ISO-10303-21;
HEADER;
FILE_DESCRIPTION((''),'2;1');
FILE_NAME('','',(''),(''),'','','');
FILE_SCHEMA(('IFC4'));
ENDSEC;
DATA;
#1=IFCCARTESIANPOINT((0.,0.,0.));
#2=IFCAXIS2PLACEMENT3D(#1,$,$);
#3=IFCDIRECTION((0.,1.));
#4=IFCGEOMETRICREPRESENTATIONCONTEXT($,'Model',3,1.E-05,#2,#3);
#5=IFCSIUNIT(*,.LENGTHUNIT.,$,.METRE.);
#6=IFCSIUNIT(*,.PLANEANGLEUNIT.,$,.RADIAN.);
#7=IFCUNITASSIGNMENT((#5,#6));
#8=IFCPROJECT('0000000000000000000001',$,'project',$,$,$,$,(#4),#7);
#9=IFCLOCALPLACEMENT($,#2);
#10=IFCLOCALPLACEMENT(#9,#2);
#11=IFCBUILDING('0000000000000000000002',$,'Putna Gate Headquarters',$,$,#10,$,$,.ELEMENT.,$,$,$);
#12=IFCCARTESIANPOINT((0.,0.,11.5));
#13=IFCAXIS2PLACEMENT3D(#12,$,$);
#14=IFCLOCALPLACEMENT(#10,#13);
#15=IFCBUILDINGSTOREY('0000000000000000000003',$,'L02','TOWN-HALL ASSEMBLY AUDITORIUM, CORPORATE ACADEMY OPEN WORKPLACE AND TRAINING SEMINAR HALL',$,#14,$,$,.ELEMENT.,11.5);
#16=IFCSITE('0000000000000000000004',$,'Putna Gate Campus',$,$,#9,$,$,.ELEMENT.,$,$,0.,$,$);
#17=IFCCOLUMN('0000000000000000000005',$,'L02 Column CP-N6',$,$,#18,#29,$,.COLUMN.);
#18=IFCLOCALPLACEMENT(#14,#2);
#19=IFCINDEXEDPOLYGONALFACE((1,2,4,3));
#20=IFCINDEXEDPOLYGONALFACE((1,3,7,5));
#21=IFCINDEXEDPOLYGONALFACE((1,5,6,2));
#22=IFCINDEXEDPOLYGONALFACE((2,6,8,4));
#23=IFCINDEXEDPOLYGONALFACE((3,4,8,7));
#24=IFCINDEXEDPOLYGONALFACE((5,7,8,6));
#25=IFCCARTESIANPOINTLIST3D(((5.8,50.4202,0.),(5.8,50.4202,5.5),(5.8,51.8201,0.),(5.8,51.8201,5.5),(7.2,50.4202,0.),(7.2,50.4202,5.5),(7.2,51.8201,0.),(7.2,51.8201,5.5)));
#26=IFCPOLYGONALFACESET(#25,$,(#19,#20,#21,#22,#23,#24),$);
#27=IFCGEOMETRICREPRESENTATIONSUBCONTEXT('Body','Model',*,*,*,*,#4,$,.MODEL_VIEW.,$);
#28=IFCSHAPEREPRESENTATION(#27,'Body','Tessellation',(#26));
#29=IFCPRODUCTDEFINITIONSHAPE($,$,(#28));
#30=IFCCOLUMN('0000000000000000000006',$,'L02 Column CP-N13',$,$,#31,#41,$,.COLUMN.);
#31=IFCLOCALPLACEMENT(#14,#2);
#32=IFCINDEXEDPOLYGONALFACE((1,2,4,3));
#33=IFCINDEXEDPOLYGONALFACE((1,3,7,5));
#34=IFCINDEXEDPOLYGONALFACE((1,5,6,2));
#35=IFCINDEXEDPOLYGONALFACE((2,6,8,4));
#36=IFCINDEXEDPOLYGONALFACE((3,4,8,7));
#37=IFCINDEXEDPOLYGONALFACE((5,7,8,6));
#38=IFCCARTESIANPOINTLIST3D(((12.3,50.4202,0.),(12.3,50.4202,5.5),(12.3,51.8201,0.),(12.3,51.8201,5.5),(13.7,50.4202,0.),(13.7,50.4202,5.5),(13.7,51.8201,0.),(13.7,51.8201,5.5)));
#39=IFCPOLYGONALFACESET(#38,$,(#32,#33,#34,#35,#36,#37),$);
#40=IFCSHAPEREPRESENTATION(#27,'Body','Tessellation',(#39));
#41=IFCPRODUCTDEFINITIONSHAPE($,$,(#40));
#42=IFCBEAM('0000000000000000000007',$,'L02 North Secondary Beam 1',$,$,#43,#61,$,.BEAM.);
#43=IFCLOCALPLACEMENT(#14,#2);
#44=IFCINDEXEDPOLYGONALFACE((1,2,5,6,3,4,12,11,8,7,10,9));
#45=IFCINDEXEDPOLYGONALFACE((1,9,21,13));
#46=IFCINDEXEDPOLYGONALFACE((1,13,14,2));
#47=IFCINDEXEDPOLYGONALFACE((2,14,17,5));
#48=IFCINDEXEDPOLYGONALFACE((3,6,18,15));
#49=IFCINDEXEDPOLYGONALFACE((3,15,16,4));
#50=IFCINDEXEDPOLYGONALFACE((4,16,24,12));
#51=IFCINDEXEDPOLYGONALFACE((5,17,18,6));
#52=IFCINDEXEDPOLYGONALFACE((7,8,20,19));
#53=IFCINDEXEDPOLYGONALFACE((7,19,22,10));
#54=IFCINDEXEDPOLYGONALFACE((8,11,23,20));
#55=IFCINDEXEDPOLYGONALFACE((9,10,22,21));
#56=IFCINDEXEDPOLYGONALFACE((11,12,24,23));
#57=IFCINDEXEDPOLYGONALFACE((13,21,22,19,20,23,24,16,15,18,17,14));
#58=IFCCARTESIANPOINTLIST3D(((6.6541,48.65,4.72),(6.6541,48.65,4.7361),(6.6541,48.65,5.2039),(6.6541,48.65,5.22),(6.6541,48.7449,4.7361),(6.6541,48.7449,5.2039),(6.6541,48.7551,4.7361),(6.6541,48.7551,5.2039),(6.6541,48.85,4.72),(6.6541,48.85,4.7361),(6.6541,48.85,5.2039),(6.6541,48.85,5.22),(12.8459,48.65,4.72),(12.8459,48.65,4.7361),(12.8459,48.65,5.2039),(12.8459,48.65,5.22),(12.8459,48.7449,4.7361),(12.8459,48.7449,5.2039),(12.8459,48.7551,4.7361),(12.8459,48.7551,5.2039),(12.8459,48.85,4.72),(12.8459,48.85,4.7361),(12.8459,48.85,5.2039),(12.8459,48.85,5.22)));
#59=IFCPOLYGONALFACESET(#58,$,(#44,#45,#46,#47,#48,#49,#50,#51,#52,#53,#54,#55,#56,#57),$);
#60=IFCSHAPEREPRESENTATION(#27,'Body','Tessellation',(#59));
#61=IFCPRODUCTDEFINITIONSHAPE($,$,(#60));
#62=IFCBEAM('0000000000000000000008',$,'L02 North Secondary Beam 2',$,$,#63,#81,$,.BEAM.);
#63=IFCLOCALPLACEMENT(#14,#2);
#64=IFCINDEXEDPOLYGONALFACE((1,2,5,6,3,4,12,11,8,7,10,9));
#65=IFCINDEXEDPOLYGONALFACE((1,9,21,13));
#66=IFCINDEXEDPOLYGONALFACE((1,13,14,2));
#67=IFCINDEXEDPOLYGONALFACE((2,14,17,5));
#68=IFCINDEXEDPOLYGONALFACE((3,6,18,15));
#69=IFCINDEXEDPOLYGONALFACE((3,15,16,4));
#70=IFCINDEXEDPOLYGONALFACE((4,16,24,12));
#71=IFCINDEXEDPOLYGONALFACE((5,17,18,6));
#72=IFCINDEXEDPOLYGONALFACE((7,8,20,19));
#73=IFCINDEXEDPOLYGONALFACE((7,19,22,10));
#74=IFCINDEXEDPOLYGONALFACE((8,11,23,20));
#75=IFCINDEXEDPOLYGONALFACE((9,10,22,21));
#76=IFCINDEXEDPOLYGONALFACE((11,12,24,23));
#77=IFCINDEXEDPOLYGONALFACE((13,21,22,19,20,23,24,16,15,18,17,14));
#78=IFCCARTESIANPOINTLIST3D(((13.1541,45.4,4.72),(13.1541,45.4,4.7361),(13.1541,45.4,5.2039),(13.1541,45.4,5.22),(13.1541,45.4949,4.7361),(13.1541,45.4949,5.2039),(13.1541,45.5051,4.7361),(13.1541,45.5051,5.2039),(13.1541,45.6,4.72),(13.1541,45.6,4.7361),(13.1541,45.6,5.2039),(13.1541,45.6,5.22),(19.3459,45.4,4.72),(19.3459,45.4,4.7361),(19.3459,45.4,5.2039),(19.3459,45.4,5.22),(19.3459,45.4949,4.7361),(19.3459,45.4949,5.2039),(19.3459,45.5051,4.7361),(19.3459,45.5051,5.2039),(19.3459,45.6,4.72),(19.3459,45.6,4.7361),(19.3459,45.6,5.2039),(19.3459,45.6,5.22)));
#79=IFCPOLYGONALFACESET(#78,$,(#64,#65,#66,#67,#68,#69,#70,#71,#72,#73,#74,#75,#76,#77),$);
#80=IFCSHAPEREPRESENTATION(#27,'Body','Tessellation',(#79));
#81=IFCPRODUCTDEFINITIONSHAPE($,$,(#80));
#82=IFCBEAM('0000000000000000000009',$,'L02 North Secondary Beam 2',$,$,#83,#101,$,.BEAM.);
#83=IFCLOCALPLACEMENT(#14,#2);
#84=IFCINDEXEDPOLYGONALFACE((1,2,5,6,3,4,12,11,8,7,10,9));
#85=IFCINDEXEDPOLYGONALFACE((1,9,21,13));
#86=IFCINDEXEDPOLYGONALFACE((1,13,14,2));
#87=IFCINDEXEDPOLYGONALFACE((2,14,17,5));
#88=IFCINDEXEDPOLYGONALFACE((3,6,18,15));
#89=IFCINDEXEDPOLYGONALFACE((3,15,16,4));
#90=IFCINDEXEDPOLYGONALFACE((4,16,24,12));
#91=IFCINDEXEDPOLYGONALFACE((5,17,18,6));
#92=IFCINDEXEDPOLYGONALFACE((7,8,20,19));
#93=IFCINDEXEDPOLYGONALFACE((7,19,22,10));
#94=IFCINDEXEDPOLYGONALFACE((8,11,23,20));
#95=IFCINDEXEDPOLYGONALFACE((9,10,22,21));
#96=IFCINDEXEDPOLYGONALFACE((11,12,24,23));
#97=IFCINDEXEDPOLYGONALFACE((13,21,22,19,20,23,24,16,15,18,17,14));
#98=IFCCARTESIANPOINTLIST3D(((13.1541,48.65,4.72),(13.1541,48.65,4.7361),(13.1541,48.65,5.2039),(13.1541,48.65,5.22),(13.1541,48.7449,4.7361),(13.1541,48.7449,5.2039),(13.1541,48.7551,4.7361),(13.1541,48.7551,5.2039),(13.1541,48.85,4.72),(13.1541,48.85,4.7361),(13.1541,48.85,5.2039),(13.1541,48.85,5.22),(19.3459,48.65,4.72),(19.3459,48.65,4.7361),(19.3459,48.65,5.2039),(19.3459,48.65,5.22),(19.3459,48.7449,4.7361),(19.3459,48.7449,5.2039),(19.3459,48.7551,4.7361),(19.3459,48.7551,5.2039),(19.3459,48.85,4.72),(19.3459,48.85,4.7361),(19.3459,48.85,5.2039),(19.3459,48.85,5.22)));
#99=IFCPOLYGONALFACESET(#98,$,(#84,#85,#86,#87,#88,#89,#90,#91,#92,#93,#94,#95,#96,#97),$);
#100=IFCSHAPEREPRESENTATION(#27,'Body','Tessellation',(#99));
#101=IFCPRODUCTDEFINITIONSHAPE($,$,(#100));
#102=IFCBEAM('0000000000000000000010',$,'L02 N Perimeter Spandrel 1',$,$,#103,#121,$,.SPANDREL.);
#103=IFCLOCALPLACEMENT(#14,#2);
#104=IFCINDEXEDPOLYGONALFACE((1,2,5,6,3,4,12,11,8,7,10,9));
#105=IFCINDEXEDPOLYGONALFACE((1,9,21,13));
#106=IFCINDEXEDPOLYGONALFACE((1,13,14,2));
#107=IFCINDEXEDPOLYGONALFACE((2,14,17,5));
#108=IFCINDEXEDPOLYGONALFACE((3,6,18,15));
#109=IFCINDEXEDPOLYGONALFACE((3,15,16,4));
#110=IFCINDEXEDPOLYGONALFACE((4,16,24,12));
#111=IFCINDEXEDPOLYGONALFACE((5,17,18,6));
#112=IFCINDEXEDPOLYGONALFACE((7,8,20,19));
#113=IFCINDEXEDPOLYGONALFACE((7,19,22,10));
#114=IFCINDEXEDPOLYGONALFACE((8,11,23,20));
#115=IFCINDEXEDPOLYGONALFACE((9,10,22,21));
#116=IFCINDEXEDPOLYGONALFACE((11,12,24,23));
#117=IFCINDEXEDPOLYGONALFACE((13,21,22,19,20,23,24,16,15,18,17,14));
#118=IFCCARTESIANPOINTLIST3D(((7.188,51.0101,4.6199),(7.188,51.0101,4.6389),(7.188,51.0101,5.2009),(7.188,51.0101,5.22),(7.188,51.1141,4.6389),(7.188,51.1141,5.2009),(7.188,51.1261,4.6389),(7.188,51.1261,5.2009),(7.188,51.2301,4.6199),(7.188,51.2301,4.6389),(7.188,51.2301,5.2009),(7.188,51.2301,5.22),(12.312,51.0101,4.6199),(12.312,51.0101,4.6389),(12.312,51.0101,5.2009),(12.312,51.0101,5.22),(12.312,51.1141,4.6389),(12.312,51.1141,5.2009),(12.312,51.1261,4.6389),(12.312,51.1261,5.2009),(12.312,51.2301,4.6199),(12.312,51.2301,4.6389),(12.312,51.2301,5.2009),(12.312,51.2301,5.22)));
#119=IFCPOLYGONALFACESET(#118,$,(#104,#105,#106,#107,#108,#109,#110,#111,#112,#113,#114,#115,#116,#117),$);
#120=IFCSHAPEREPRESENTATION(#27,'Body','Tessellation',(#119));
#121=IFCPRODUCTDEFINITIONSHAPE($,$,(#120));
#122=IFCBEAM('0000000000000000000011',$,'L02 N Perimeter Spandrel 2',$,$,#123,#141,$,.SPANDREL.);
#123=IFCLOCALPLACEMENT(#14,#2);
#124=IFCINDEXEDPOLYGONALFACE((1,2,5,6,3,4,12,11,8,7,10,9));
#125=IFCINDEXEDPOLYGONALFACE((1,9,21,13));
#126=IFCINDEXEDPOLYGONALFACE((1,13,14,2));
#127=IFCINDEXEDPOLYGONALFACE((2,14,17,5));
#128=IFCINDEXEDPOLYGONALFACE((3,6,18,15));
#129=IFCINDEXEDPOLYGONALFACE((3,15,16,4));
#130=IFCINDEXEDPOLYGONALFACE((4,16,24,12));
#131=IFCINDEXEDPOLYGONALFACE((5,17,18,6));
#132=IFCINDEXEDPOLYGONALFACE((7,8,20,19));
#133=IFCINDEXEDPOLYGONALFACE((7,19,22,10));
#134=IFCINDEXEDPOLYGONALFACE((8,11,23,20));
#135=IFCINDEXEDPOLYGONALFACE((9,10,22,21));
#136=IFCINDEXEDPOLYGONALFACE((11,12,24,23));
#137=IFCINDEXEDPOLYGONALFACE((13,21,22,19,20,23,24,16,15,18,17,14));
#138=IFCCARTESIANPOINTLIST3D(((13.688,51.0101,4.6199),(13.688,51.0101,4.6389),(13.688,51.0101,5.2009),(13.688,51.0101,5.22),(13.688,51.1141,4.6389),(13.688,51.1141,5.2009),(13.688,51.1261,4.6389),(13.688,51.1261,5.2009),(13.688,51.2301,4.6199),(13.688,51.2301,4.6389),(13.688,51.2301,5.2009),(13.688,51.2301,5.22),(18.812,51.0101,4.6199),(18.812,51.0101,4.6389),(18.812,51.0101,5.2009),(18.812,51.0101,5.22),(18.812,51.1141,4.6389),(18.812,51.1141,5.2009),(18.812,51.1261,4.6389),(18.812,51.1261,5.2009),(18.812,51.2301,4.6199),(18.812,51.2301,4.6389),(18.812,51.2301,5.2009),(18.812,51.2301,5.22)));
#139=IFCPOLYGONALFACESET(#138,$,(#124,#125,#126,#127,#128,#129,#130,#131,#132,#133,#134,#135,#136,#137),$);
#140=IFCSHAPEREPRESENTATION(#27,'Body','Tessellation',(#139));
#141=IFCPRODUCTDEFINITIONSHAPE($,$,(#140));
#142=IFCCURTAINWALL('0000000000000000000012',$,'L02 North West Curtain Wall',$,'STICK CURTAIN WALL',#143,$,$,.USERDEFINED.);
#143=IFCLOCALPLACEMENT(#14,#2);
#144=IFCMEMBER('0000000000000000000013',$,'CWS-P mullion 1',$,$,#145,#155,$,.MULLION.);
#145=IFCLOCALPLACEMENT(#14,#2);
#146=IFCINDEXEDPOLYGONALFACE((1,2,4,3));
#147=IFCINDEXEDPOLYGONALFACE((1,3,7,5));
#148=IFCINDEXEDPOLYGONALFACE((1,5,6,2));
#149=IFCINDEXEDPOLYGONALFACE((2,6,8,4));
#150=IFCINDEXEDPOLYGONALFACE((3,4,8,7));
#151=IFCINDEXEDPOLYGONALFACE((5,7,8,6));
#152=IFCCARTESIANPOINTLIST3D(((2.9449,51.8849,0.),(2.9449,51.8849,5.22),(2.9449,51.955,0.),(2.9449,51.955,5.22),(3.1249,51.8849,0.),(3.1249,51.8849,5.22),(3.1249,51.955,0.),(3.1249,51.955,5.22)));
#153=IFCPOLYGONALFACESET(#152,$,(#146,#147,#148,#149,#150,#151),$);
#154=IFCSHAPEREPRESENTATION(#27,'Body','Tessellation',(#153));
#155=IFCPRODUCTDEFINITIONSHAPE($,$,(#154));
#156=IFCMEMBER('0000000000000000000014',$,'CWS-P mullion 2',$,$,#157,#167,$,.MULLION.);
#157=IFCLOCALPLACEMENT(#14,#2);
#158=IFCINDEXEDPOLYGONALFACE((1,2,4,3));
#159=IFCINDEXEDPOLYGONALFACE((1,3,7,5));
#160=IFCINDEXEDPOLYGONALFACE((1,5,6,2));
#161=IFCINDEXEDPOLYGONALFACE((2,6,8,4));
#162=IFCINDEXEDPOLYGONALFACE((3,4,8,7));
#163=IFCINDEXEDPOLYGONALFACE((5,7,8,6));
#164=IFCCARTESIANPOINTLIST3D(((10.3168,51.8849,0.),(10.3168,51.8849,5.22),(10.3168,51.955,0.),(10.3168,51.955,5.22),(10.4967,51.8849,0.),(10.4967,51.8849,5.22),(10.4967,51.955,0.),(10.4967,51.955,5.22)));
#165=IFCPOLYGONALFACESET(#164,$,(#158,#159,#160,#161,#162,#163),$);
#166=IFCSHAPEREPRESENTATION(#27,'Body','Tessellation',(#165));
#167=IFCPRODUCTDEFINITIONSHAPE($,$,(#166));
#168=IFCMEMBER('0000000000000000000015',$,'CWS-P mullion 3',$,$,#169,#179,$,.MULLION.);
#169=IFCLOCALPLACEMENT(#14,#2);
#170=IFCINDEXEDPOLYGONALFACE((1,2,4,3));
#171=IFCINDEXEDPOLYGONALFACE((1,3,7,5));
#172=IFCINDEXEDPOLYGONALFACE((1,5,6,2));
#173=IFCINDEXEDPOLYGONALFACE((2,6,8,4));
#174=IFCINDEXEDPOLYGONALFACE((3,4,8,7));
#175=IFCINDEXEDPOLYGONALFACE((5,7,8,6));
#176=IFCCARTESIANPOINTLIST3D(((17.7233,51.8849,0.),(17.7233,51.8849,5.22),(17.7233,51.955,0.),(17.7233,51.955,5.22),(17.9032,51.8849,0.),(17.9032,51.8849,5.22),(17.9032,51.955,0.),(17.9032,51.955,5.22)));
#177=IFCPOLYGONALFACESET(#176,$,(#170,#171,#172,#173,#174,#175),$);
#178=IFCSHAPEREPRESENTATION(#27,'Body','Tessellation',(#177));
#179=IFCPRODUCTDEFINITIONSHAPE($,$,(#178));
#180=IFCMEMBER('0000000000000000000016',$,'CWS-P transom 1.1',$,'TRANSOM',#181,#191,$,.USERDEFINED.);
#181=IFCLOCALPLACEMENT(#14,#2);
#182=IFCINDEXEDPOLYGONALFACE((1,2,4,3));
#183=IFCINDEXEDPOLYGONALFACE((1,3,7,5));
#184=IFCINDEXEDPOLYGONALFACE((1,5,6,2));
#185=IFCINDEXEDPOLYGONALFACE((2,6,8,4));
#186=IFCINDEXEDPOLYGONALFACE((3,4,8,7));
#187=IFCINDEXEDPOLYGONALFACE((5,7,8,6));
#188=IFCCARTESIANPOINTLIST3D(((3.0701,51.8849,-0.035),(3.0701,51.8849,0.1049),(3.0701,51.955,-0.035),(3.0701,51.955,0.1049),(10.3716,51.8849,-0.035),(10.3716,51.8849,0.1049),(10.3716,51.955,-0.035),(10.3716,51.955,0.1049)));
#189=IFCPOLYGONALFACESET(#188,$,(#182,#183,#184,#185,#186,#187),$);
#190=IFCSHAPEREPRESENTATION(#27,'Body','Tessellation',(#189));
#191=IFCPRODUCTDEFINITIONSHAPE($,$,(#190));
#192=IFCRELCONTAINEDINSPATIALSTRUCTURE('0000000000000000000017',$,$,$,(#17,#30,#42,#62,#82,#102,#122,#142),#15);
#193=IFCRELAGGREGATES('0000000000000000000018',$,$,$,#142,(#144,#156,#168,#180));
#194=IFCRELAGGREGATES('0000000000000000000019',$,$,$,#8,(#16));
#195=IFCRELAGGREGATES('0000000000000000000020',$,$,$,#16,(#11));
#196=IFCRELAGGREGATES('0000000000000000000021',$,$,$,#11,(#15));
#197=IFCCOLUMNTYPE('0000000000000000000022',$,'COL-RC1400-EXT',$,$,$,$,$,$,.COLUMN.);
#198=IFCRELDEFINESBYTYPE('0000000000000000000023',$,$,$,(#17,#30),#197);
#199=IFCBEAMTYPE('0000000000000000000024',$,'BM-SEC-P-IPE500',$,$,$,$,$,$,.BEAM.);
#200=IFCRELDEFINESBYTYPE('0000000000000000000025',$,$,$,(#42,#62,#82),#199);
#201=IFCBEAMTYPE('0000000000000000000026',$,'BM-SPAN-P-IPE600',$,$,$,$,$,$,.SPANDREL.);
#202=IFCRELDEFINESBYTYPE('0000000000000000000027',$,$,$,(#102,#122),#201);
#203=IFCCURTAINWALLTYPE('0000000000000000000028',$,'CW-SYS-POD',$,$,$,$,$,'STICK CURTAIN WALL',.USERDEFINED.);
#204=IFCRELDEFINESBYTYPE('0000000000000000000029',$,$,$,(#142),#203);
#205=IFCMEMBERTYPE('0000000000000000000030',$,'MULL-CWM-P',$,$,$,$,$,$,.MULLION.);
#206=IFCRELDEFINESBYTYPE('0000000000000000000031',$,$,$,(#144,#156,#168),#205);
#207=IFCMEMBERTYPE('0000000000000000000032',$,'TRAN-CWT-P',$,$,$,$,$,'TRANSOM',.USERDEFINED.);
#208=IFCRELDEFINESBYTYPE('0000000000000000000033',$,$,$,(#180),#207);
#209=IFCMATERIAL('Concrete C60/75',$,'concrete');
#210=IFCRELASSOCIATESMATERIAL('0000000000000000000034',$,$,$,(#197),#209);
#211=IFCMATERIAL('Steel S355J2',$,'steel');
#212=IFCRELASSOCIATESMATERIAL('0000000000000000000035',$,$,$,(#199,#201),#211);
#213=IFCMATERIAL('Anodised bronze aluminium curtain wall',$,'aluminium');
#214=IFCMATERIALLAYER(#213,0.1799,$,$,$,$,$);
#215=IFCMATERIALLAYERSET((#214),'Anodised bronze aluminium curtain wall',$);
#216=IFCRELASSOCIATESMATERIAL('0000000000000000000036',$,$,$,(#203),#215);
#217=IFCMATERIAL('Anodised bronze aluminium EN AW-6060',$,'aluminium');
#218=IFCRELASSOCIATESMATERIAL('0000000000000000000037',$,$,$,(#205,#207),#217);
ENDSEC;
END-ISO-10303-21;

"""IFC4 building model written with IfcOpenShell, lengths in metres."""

from ifc_helpers import new_model, si_unit, direction, frame, origin, origin_2d, place, context, subcontext, project, spatial, rectangle, i_section, extrude, material, layer, layer_set, material_profile, profile_set, type_object, element, aggregate, save


model = new_model("IFC4")

# Units and contexts
model_context = context("Model", 3, precision=1e-05, world=origin(), true_north=direction((0.0, 1.0)))
body_context = subcontext(model_context, "Body", "Model", "MODEL_VIEW")
ifc_project = project(units=[si_unit("LENGTHUNIT", "METRE"), si_unit("PLANEANGLEUNIT", "RADIAN")], contexts=[model_context])

# Site, building, storey
site_placement = place(None, origin())
site = spatial("IfcSite", under=ifc_project, at=site_placement, Name="Putna Gate Campus", CompositionType="ELEMENT", RefElevation=0.0)
building_placement = place(site_placement, origin())
building = spatial("IfcBuilding", under=site, at=building_placement, Name="Putna Gate Headquarters", CompositionType="ELEMENT")
storey_placement = place(building_placement, frame((0.0, 0.0, 11.5)))
storey = spatial("IfcBuildingStorey", under=building, at=storey_placement, Name="L02", Description="TOWN-HALL ASSEMBLY AUDITORIUM, CORPORATE ACADEMY OPEN WORKPLACE AND TRAINING SEMINAR HALL", CompositionType="ELEMENT", Elevation=11.5)

# Columns
ifc_material_1 = material(Name="Concrete C60/75", Category="concrete")
ifc_material_profile_1 = material_profile(ifc_material_1, rectangle(XDim=1.3999, YDim=1.3999, at=origin_2d()), Name="Concrete C60/75")
ifc_profile_set_1 = profile_set([ifc_material_profile_1], Name="Concrete C60/75")
column_type = type_object("IfcColumnType", Name="COL-RC1400-EXT", PredefinedType="COLUMN", material=ifc_profile_set_1)
for number, where, z_axis, x_axis, name in (
    (1, (6.5, 51.1201, 0.0), (0.0, 0.0, 1.0), (1.0, 0.0, 0.0), "L02 Column CP-N6"),
    (2, (13.0, 51.1201, 0.0), (0.0, 0.0, 1.0), (1.0, 0.0, 0.0), "L02 Column CP-N13"),
):
    element("IfcColumn", number, at=place(storey_placement, frame(where, z_axis=z_axis, x_axis=x_axis)), inside=storey, type_object=column_type, Name=name, PredefinedType="COLUMN", context=body_context, shape_type="SweptSolid", body=[
        extrude(rectangle(XDim=1.3999, YDim=1.3999, at=origin_2d()), origin(), (0.0, 0.0, 1.0), 5.5),
    ])

# Beams
ifc_material_2 = material(Name="Steel S355J2", Category="steel")
ifc_material_profile_2 = material_profile(ifc_material_2, i_section(OverallWidth=0.2, OverallDepth=0.5, WebThickness=0.0103, FlangeThickness=0.0161, at=origin_2d()), Name="Steel S355J2")
ifc_profile_set_2 = profile_set([ifc_material_profile_2], Name="Steel S355J2")
beam_type_1 = type_object("IfcBeamType", Name="BM-SEC-P-IPE500", PredefinedType="BEAM", material=ifc_profile_set_2)
for number, where, z_axis, x_axis, name in (
    (3, (6.6541, 48.75, 4.97), (1.0, 0.0, 0.0), (0.0, 1.0, 0.0), "L02 North Secondary Beam 1"),
    (4, (13.1541, 45.5, 4.97), (1.0, 0.0, 0.0), (0.0, 1.0, 0.0), "L02 North Secondary Beam 2"),
    (5, (13.1541, 48.75, 4.97), (1.0, 0.0, 0.0), (0.0, 1.0, 0.0), "L02 North Secondary Beam 2"),
):
    element("IfcBeam", number, at=place(storey_placement, frame(where, z_axis=z_axis, x_axis=x_axis)), inside=storey, type_object=beam_type_1, Name=name, PredefinedType="BEAM", context=body_context, shape_type="SweptSolid", body=[
        extrude(i_section(OverallWidth=0.2, OverallDepth=0.5, WebThickness=0.0103, FlangeThickness=0.0161, at=origin_2d()), origin(), (0.0, 0.0, 1.0), 6.1919),
    ])
ifc_material_profile_3 = material_profile(ifc_material_2, i_section(OverallWidth=0.22, OverallDepth=0.6001, WebThickness=0.012, FlangeThickness=0.019, at=origin_2d()), Name="Steel S355J2")
ifc_profile_set_3 = profile_set([ifc_material_profile_3], Name="Steel S355J2")
beam_type_2 = type_object("IfcBeamType", Name="BM-SPAN-P-IPE600", PredefinedType="SPANDREL", material=ifc_profile_set_3)
for number, where, z_axis, x_axis, name in (
    (6, (7.188, 51.1201, 4.9199), (1.0, 0.0, 0.0), (0.0, 1.0, 0.0), "L02 N Perimeter Spandrel 1"),
    (7, (13.688, 51.1201, 4.9199), (1.0, 0.0, 0.0), (0.0, 1.0, 0.0), "L02 N Perimeter Spandrel 2"),
):
    element("IfcBeam", number, at=place(storey_placement, frame(where, z_axis=z_axis, x_axis=x_axis)), inside=storey, type_object=beam_type_2, Name=name, PredefinedType="SPANDREL", context=body_context, shape_type="SweptSolid", body=[
        extrude(i_section(OverallWidth=0.22, OverallDepth=0.6001, WebThickness=0.012, FlangeThickness=0.019, at=origin_2d()), origin(), (0.0, 0.0, 1.0), 5.124),
    ])

# Curtain wall, members
ifc_material_3 = material(Name="Anodised bronze aluminium curtain wall", Category="aluminium")
ifc_layer_1 = layer(ifc_material_3, 0.1799)
ifc_layer_set_1 = layer_set([ifc_layer_1], Name="Anodised bronze aluminium curtain wall")
curtain_wall_type = type_object("IfcCurtainWallType", Name="CW-SYS-POD", ElementType="STICK CURTAIN WALL", PredefinedType="USERDEFINED", material=ifc_layer_set_1)
curtain_wall_placement = place(storey_placement, origin())
curtain_wall = element("IfcCurtainWall", 8, at=curtain_wall_placement, inside=storey, type_object=curtain_wall_type, Name="L02 North West Curtain Wall", ObjectType="STICK CURTAIN WALL", PredefinedType="USERDEFINED")
ifc_material_4 = material(Name="Anodised bronze aluminium EN AW-6060", Category="aluminium")
ifc_material_profile_4 = material_profile(ifc_material_4, rectangle(XDim=0.0701, YDim=0.1799, at=origin_2d()), Name="Anodised bronze aluminium EN AW-6060")
ifc_profile_set_4 = profile_set([ifc_material_profile_4], Name="Anodised bronze aluminium EN AW-6060")
member_type_1 = type_object("IfcMemberType", Name="MULL-CWM-P", PredefinedType="MULLION", material=ifc_profile_set_4)
member_1_placement = place(storey_placement, frame((3.0349, 51.9199, 0.0), z_axis=(0.0, 0.0, 1.0), x_axis=(0.0, 1.0, 0.0)))
member_1 = element("IfcMember", 9, at=member_1_placement, type_object=member_type_1, Name="CWS-P mullion 1", PredefinedType="MULLION", context=body_context, shape_type="SweptSolid", body=[
    extrude(rectangle(XDim=0.0701, YDim=0.1799, at=origin_2d()), origin(), (0.0, 0.0, 1.0), 5.22),
])
member_2_placement = place(storey_placement, frame((10.4067, 51.9199, 0.0), z_axis=(0.0, 0.0, 1.0), x_axis=(0.0, 1.0, 0.0)))
member_2 = element("IfcMember", 10, at=member_2_placement, type_object=member_type_1, Name="CWS-P mullion 2", PredefinedType="MULLION", context=body_context, shape_type="SweptSolid", body=[
    extrude(rectangle(XDim=0.0701, YDim=0.1799, at=origin_2d()), origin(), (0.0, 0.0, 1.0), 5.22),
])
member_3_placement = place(storey_placement, frame((17.8132, 51.9199, 0.0), z_axis=(0.0, 0.0, 1.0), x_axis=(0.0, 1.0, 0.0)))
member_3 = element("IfcMember", 11, at=member_3_placement, type_object=member_type_1, Name="CWS-P mullion 3", PredefinedType="MULLION", context=body_context, shape_type="SweptSolid", body=[
    extrude(rectangle(XDim=0.0701, YDim=0.1799, at=origin_2d()), origin(), (0.0, 0.0, 1.0), 5.22),
])
ifc_material_profile_5 = material_profile(ifc_material_4, rectangle(XDim=0.0701, YDim=0.1399, at=origin_2d()), Name="Anodised bronze aluminium EN AW-6060")
ifc_profile_set_5 = profile_set([ifc_material_profile_5], Name="Anodised bronze aluminium EN AW-6060")
member_type_2 = type_object("IfcMemberType", Name="TRAN-CWT-P", ElementType="TRANSOM", PredefinedType="USERDEFINED", material=ifc_profile_set_5)
member_4_placement = place(storey_placement, frame((3.0701, 51.9199, 0.0349), z_axis=(1.0, 0.0, 0.0), x_axis=(0.0, 1.0, 0.0)))
member_4 = element("IfcMember", 12, at=member_4_placement, type_object=member_type_2, Name="CWS-P transom 1.1", ObjectType="TRANSOM", PredefinedType="USERDEFINED", context=body_context, shape_type="SweptSolid", body=[
    extrude(rectangle(XDim=0.0701, YDim=0.1399, at=origin_2d()), origin(), (0.0, 0.0, 1.0), 7.3015),
])
aggregate(curtain_wall, [member_1, member_2, member_3, member_4])

save(model, "model.ifc")
